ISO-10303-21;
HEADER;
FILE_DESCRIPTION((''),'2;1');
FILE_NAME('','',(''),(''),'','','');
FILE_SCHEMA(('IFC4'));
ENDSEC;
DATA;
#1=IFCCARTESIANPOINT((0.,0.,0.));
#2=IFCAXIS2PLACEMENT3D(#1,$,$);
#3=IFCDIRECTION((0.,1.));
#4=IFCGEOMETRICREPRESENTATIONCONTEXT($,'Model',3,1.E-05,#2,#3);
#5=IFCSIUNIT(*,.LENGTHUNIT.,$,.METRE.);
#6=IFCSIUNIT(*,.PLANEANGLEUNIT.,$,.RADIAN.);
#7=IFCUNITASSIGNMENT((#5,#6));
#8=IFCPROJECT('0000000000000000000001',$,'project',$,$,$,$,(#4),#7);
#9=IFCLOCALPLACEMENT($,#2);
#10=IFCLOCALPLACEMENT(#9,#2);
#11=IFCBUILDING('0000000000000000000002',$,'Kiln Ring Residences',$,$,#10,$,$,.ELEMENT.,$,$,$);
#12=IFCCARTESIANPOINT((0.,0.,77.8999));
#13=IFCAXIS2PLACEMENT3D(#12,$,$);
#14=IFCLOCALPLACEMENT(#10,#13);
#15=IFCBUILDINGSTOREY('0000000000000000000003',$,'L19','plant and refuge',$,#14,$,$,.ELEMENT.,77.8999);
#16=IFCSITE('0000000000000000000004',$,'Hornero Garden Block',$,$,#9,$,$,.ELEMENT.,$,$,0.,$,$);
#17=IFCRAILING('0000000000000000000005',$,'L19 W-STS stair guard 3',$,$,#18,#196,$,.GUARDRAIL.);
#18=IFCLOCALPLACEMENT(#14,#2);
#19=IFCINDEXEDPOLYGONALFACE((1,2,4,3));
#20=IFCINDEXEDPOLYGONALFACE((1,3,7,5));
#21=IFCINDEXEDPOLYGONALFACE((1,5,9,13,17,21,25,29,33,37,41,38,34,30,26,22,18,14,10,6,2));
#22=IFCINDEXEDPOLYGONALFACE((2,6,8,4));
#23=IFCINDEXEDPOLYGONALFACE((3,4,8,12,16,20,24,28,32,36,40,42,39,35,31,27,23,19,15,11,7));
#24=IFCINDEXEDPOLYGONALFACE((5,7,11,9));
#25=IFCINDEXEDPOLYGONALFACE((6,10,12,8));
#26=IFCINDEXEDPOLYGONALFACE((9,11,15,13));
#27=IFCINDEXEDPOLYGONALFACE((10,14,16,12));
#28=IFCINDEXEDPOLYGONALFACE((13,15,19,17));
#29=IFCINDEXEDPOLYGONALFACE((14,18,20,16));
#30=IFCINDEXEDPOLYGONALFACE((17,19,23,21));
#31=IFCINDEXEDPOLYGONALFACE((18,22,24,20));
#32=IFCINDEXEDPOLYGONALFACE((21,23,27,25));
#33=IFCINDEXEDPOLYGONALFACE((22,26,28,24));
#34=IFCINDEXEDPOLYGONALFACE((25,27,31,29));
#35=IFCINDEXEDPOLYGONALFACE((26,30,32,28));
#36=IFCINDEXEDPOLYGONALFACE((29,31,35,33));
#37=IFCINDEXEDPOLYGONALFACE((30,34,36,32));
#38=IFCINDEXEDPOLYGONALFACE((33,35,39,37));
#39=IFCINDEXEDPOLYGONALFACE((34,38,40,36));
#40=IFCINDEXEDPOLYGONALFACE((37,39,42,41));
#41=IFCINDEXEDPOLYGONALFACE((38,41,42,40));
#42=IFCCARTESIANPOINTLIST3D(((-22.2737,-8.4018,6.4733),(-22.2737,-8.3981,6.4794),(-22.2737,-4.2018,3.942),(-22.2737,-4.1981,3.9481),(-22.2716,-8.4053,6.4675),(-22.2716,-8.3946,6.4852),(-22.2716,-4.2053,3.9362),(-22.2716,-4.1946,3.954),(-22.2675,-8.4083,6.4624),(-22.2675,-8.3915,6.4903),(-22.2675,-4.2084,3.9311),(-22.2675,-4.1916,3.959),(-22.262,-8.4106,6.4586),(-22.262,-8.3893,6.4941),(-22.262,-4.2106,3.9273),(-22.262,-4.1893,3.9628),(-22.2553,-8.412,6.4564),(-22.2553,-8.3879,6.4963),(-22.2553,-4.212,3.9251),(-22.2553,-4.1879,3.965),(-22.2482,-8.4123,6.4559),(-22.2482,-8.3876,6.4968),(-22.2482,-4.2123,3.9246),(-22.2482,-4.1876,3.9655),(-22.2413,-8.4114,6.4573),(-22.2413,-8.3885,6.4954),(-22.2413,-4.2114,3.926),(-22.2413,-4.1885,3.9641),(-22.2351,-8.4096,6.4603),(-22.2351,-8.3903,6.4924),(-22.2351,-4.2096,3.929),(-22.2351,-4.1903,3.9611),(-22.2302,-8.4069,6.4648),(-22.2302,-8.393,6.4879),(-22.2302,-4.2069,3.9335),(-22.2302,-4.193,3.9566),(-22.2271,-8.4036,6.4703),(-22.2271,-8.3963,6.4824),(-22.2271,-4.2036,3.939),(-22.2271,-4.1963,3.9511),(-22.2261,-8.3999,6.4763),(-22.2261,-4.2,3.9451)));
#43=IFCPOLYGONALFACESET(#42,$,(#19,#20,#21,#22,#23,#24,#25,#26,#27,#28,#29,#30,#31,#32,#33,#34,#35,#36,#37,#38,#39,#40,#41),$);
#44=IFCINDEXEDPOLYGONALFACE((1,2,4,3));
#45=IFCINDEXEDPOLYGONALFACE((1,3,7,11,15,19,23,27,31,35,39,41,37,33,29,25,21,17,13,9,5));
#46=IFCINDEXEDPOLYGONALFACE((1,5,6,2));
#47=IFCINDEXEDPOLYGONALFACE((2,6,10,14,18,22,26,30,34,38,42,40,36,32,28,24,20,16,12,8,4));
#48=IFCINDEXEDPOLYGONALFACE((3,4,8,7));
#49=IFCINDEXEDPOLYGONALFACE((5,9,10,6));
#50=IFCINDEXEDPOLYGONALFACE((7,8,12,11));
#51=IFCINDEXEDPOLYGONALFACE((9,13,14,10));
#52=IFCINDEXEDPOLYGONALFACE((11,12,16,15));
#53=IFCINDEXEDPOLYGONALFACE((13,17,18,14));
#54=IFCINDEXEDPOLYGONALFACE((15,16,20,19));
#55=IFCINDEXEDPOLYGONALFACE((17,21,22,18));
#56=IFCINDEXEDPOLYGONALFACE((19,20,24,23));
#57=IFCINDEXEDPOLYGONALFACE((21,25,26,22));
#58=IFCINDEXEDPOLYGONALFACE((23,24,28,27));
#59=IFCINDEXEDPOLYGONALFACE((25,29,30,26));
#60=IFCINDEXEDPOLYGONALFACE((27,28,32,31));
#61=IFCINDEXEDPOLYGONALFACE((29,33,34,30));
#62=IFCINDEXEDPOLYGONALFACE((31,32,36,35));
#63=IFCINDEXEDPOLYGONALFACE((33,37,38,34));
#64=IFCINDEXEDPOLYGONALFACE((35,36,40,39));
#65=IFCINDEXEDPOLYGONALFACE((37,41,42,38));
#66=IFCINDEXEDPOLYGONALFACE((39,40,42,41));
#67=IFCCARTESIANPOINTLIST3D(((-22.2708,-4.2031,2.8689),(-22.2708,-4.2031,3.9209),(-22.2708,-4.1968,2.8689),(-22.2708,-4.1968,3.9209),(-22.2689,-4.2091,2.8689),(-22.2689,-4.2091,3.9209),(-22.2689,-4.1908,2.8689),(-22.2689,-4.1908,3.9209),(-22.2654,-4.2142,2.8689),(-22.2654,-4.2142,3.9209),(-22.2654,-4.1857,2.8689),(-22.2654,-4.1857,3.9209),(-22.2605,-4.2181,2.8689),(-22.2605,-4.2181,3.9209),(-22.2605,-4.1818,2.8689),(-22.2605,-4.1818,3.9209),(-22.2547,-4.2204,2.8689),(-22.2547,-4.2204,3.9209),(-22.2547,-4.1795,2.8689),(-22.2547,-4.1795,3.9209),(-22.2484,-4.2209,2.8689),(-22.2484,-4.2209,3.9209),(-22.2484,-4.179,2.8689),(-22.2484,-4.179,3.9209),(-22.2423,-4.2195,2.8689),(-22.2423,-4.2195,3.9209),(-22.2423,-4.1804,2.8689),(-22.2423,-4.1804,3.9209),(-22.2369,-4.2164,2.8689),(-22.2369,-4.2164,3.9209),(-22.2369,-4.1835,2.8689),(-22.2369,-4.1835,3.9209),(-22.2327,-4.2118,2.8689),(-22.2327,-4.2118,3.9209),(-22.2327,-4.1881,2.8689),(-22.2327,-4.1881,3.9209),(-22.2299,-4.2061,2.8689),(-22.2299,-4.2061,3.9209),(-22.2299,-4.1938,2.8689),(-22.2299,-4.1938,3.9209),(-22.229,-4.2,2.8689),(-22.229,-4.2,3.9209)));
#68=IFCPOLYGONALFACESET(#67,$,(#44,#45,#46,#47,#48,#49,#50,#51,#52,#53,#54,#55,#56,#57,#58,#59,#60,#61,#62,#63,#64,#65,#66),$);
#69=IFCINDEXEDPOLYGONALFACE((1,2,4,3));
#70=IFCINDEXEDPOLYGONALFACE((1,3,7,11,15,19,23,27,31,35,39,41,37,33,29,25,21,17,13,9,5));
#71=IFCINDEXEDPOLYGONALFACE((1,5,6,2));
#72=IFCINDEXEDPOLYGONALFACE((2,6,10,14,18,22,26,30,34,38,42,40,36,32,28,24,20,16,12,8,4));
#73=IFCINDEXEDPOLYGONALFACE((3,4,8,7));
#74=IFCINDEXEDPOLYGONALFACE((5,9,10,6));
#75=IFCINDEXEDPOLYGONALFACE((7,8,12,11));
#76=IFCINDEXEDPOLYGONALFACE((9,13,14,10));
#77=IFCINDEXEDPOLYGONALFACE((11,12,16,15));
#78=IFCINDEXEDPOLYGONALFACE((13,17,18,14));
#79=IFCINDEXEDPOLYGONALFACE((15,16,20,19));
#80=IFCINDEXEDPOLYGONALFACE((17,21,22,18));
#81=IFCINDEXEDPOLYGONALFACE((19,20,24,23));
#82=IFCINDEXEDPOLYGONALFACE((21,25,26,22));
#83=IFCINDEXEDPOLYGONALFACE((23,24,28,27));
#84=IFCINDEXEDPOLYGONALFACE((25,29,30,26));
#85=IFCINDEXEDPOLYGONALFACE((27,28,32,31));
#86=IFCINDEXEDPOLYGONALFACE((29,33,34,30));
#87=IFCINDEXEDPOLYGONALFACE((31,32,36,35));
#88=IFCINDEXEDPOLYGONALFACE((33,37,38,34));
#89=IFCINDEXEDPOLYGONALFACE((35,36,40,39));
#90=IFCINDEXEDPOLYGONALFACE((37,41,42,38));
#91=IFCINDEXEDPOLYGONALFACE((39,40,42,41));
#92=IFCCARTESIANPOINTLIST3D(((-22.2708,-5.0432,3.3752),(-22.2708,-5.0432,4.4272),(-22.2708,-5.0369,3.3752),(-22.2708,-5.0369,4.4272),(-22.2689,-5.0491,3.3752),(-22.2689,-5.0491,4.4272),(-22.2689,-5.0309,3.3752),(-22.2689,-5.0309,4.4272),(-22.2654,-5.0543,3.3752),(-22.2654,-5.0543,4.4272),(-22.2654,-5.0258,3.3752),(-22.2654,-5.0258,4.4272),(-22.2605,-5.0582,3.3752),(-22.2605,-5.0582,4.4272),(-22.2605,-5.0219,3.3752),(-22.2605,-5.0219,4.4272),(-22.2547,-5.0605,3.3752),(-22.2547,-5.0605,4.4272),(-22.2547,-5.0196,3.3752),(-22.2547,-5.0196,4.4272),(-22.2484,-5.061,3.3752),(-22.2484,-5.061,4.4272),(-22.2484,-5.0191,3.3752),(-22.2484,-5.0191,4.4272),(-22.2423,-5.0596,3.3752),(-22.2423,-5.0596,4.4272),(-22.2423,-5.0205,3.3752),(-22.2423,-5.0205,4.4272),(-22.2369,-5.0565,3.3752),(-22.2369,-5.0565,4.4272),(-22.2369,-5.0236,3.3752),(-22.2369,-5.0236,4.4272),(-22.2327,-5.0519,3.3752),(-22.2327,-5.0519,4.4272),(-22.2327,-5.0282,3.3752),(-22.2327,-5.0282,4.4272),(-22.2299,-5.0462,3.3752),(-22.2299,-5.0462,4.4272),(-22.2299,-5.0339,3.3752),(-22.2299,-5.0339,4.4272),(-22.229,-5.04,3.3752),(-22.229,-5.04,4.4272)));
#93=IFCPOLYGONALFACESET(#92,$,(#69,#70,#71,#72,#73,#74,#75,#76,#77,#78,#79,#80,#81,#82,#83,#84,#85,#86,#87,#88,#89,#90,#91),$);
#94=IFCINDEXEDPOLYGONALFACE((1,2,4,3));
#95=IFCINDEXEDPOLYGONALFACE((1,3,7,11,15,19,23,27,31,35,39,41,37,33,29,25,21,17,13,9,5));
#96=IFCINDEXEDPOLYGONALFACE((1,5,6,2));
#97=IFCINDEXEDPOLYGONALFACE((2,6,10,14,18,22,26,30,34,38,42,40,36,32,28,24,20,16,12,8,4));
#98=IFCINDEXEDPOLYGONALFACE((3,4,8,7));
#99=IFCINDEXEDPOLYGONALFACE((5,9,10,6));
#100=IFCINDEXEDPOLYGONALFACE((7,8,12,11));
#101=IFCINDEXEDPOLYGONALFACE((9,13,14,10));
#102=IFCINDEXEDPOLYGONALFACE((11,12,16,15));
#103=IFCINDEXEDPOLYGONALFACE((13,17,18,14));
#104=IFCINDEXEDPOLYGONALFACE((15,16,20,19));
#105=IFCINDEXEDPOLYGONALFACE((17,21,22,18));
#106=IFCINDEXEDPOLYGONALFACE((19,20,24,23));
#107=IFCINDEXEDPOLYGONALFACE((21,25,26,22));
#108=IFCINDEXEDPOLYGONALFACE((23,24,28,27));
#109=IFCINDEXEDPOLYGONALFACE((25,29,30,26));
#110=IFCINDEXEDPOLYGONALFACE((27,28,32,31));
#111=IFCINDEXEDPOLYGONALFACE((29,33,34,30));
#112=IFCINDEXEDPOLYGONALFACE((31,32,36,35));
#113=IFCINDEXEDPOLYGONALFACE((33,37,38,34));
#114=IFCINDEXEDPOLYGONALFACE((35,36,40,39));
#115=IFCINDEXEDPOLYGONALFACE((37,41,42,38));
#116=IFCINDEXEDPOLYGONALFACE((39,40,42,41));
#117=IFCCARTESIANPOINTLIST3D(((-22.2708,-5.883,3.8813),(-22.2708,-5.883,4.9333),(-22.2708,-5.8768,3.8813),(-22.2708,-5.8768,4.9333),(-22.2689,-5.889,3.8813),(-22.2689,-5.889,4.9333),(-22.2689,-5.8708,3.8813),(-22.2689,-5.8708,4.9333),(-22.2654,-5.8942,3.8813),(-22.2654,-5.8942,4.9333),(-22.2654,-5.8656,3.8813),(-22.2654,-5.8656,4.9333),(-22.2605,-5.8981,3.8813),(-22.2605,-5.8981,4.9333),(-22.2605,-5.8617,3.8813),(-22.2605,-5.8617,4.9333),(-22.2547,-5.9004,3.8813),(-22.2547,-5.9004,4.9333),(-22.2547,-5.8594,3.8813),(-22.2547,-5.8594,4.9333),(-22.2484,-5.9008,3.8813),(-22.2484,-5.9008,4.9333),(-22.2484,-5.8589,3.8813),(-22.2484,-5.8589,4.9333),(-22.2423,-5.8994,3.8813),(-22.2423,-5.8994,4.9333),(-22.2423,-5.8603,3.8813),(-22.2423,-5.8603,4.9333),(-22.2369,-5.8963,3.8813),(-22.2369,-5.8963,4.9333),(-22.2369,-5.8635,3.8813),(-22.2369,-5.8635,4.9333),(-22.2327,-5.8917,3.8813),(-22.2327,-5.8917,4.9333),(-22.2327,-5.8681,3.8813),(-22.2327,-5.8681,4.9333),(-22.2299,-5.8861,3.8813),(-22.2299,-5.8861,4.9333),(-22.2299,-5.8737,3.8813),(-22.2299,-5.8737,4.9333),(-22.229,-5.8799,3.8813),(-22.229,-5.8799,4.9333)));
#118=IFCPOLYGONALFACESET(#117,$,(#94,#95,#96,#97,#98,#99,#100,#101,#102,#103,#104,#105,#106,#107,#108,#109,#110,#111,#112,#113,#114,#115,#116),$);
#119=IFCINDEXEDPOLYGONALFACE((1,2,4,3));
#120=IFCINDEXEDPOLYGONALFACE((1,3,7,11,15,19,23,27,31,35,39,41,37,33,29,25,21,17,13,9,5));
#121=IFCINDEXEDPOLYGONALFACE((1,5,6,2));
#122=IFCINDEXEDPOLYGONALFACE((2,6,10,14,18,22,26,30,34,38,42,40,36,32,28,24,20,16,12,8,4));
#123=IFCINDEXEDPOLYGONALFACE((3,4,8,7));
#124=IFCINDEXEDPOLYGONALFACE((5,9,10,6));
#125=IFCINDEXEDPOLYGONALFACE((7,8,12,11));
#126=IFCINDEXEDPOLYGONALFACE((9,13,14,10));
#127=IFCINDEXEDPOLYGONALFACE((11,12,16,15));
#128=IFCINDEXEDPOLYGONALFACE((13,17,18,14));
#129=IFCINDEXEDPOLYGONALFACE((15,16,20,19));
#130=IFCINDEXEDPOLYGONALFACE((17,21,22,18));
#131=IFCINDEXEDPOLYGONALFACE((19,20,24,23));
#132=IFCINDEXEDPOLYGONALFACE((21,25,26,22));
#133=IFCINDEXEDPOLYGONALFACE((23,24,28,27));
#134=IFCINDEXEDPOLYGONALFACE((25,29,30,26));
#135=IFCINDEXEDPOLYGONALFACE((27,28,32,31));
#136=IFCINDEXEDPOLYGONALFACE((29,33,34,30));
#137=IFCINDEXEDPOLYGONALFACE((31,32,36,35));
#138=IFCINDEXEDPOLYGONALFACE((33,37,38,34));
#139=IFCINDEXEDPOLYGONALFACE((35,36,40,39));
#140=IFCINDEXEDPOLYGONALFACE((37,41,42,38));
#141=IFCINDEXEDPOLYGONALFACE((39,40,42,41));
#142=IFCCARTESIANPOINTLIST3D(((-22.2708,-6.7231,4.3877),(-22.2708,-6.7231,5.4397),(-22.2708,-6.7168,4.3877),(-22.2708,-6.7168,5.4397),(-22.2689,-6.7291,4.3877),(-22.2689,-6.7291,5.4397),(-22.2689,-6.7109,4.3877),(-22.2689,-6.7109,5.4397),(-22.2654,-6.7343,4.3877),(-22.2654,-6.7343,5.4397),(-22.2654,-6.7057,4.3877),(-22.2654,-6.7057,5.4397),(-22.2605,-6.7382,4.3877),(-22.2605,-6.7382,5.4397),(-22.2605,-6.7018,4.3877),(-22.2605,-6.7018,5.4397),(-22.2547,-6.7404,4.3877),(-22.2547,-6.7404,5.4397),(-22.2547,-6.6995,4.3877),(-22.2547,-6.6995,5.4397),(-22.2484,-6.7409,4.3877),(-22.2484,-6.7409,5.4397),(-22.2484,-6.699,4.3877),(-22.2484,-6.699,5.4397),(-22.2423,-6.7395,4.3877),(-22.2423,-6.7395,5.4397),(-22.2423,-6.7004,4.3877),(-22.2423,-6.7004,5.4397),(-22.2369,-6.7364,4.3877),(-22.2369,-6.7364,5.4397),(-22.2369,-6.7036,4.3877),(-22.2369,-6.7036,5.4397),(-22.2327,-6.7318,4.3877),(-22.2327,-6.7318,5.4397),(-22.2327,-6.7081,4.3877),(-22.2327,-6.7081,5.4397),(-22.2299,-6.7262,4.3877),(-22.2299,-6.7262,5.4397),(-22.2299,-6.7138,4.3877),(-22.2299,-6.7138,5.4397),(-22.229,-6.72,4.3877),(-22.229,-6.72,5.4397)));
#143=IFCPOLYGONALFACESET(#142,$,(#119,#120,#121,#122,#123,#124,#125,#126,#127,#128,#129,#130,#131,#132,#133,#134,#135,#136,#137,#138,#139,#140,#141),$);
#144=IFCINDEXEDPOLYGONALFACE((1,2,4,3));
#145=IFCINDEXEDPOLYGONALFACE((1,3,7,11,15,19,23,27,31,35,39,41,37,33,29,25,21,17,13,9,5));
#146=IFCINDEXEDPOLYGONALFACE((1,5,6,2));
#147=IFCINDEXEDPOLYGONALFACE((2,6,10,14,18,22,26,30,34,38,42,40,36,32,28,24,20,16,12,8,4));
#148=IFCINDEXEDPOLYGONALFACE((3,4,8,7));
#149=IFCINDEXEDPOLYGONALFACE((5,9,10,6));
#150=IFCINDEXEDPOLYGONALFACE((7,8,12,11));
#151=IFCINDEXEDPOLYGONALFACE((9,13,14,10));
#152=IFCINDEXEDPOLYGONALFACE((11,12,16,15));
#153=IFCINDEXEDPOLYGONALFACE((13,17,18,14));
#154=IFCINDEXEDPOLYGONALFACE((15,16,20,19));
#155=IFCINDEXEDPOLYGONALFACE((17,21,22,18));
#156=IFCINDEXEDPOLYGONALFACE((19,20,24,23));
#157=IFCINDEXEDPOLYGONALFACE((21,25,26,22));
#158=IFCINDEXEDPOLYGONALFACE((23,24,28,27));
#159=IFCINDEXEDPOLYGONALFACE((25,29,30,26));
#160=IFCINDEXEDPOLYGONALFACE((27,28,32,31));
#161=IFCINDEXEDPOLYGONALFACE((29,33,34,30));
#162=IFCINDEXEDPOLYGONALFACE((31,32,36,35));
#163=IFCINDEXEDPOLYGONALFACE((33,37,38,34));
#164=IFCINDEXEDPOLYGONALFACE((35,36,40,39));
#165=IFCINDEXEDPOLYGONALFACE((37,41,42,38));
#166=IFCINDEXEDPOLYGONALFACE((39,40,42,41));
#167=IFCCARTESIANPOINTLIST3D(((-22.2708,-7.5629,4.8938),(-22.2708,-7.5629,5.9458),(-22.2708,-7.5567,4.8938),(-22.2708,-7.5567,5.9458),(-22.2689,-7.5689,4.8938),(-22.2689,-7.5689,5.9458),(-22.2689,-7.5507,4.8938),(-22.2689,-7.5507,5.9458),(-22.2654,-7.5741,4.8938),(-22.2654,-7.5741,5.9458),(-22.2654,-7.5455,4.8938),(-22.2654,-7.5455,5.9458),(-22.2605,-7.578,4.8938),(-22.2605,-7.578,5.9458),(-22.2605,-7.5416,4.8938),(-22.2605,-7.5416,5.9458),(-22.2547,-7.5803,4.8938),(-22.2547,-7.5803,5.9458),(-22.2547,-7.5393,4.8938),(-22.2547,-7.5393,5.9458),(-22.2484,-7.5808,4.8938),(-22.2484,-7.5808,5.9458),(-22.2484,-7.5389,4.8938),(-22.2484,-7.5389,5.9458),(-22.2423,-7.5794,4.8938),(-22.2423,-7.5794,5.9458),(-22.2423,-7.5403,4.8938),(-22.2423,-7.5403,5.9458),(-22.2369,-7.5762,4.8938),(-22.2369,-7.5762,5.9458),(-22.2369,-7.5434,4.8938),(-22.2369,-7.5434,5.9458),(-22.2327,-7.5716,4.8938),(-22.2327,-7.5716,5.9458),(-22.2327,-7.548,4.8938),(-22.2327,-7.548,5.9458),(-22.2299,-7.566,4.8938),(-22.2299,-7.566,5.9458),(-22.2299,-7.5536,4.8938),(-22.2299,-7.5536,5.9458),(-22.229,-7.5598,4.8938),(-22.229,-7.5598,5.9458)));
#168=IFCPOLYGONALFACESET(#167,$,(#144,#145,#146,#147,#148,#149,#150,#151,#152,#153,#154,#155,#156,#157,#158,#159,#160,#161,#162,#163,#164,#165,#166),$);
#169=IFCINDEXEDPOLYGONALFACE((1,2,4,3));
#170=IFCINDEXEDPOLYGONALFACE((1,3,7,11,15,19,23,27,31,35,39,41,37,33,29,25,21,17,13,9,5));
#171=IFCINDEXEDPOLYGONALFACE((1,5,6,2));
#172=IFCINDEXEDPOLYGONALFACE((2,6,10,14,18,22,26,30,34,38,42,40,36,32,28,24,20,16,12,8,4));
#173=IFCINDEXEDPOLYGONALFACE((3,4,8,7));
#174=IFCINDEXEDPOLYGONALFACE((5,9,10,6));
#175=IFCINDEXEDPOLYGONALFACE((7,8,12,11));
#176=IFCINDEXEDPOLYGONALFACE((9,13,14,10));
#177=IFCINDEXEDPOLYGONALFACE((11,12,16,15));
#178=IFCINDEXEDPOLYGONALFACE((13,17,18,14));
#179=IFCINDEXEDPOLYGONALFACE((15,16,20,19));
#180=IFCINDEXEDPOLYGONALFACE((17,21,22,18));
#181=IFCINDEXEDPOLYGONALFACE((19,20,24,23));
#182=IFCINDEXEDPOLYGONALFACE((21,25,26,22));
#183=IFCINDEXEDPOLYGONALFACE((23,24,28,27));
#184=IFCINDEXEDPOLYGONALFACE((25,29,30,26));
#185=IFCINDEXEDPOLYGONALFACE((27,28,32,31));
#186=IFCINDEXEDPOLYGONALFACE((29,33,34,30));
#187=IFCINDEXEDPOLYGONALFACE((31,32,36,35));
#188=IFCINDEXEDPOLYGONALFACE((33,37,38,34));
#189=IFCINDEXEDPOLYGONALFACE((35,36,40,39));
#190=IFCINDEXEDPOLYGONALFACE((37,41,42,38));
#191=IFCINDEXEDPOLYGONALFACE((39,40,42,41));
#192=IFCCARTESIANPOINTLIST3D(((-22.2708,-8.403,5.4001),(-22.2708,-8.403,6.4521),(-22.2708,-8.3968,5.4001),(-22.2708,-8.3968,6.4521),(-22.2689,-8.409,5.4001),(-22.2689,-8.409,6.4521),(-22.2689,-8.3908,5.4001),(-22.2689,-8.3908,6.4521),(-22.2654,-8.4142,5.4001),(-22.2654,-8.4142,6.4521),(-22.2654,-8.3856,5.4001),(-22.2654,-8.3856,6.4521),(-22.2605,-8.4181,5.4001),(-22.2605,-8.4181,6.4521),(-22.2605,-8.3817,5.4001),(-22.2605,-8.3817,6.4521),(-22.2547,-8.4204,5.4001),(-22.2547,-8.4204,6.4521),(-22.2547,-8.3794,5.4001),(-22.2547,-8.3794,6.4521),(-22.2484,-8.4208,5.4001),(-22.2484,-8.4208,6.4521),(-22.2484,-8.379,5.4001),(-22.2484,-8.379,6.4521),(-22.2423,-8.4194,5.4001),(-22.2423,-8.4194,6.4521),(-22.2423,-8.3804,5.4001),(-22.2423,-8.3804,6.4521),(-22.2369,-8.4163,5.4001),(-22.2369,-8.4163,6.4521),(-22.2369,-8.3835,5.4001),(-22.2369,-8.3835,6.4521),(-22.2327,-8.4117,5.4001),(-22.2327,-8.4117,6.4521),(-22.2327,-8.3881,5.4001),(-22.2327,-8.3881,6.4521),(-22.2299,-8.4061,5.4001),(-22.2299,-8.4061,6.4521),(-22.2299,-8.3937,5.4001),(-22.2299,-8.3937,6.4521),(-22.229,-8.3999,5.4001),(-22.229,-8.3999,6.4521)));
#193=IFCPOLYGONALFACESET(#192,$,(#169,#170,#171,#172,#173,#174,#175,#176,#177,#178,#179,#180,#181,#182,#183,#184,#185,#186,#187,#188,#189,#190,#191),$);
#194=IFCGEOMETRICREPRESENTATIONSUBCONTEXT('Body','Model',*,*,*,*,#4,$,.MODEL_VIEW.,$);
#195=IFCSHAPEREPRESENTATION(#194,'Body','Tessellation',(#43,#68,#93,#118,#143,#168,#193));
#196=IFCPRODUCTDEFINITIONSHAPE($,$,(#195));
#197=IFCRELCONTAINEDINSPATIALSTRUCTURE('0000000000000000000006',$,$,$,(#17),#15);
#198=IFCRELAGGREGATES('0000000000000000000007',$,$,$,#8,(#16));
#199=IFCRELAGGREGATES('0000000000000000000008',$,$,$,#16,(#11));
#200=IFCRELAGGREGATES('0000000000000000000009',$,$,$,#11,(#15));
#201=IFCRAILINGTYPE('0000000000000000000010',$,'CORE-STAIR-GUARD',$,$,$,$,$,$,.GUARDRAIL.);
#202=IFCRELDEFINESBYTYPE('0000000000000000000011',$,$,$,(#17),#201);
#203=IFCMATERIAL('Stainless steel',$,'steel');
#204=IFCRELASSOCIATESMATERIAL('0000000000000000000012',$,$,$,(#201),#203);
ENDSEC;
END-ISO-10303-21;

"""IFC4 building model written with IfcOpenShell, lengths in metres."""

from ifc_helpers import new_model, si_unit, direction, frame, origin, origin_2d, place, context, subcontext, project, spatial, circle, extrude, material, type_object, element, save


model = new_model("IFC4")

# Units and contexts
model_context = context("Model", 3, precision=1e-05, world=origin(), true_north=direction((0.0, 1.0)))
body_context = subcontext(model_context, "Body", "Model", "MODEL_VIEW")
ifc_project = project(units=[si_unit("LENGTHUNIT", "METRE"), si_unit("PLANEANGLEUNIT", "RADIAN")], contexts=[model_context])

# Site, building, storey
site_placement = place(None, origin())
site = spatial("IfcSite", under=ifc_project, at=site_placement, Name="Hornero Garden Block", CompositionType="ELEMENT", RefElevation=0.0)
building_placement = place(site_placement, origin())
building = spatial("IfcBuilding", under=site, at=building_placement, Name="Kiln Ring Residences", CompositionType="ELEMENT")
storey_placement = place(building_placement, frame((0.0, 0.0, 77.8999)))
storey = spatial("IfcBuildingStorey", under=building, at=storey_placement, Name="L19", Description="plant and refuge", CompositionType="ELEMENT", Elevation=77.8999)

# Railing
ifc_material_1 = material(Name="Stainless steel", Category="steel")
railing_type_1 = type_object("IfcRailingType", Name="CORE-STAIR-GUARD", PredefinedType="GUARDRAIL", material=ifc_material_1)
railing_1_placement = place(storey_placement, frame((-22.25, -4.2, 2.8689)))
element("IfcRailing", 1, at=railing_1_placement, inside=storey, type_object=railing_type_1, Name="L19 W-STS stair guard 3", PredefinedType="GUARDRAIL", context=body_context, shape_type="SweptSolid", body=[
    extrude(circle(Radius=0.0239, at=origin_2d()), frame((0.0, 0.0, 1.0762), z_axis=(0.0, -0.856476, 0.516186), x_axis=(1.0, 0.0, 0.0)), (0.0, 0.0, 1.0), 4.9038),
    extrude(circle(Radius=0.021, at=origin_2d()), origin(), (0.0, 0.0, 1.0), 1.052),
    extrude(circle(Radius=0.021, at=origin_2d()), frame((0.0, -0.8401, 0.5063)), (0.0, 0.0, 1.0), 1.052),
    extrude(circle(Radius=0.021, at=origin_2d()), frame((0.0, -1.6799, 1.0125)), (0.0, 0.0, 1.0), 1.052),
    extrude(circle(Radius=0.021, at=origin_2d()), frame((0.0, -2.52, 1.5188)), (0.0, 0.0, 1.0), 1.052),
    extrude(circle(Radius=0.021, at=origin_2d()), frame((0.0, -3.3599, 2.0249)), (0.0, 0.0, 1.0), 1.052),
    extrude(circle(Radius=0.021, at=origin_2d()), frame((0.0, -4.2, 2.5312)), (0.0, 0.0, 1.0), 1.052),
])

save(model, "model.ifc")
